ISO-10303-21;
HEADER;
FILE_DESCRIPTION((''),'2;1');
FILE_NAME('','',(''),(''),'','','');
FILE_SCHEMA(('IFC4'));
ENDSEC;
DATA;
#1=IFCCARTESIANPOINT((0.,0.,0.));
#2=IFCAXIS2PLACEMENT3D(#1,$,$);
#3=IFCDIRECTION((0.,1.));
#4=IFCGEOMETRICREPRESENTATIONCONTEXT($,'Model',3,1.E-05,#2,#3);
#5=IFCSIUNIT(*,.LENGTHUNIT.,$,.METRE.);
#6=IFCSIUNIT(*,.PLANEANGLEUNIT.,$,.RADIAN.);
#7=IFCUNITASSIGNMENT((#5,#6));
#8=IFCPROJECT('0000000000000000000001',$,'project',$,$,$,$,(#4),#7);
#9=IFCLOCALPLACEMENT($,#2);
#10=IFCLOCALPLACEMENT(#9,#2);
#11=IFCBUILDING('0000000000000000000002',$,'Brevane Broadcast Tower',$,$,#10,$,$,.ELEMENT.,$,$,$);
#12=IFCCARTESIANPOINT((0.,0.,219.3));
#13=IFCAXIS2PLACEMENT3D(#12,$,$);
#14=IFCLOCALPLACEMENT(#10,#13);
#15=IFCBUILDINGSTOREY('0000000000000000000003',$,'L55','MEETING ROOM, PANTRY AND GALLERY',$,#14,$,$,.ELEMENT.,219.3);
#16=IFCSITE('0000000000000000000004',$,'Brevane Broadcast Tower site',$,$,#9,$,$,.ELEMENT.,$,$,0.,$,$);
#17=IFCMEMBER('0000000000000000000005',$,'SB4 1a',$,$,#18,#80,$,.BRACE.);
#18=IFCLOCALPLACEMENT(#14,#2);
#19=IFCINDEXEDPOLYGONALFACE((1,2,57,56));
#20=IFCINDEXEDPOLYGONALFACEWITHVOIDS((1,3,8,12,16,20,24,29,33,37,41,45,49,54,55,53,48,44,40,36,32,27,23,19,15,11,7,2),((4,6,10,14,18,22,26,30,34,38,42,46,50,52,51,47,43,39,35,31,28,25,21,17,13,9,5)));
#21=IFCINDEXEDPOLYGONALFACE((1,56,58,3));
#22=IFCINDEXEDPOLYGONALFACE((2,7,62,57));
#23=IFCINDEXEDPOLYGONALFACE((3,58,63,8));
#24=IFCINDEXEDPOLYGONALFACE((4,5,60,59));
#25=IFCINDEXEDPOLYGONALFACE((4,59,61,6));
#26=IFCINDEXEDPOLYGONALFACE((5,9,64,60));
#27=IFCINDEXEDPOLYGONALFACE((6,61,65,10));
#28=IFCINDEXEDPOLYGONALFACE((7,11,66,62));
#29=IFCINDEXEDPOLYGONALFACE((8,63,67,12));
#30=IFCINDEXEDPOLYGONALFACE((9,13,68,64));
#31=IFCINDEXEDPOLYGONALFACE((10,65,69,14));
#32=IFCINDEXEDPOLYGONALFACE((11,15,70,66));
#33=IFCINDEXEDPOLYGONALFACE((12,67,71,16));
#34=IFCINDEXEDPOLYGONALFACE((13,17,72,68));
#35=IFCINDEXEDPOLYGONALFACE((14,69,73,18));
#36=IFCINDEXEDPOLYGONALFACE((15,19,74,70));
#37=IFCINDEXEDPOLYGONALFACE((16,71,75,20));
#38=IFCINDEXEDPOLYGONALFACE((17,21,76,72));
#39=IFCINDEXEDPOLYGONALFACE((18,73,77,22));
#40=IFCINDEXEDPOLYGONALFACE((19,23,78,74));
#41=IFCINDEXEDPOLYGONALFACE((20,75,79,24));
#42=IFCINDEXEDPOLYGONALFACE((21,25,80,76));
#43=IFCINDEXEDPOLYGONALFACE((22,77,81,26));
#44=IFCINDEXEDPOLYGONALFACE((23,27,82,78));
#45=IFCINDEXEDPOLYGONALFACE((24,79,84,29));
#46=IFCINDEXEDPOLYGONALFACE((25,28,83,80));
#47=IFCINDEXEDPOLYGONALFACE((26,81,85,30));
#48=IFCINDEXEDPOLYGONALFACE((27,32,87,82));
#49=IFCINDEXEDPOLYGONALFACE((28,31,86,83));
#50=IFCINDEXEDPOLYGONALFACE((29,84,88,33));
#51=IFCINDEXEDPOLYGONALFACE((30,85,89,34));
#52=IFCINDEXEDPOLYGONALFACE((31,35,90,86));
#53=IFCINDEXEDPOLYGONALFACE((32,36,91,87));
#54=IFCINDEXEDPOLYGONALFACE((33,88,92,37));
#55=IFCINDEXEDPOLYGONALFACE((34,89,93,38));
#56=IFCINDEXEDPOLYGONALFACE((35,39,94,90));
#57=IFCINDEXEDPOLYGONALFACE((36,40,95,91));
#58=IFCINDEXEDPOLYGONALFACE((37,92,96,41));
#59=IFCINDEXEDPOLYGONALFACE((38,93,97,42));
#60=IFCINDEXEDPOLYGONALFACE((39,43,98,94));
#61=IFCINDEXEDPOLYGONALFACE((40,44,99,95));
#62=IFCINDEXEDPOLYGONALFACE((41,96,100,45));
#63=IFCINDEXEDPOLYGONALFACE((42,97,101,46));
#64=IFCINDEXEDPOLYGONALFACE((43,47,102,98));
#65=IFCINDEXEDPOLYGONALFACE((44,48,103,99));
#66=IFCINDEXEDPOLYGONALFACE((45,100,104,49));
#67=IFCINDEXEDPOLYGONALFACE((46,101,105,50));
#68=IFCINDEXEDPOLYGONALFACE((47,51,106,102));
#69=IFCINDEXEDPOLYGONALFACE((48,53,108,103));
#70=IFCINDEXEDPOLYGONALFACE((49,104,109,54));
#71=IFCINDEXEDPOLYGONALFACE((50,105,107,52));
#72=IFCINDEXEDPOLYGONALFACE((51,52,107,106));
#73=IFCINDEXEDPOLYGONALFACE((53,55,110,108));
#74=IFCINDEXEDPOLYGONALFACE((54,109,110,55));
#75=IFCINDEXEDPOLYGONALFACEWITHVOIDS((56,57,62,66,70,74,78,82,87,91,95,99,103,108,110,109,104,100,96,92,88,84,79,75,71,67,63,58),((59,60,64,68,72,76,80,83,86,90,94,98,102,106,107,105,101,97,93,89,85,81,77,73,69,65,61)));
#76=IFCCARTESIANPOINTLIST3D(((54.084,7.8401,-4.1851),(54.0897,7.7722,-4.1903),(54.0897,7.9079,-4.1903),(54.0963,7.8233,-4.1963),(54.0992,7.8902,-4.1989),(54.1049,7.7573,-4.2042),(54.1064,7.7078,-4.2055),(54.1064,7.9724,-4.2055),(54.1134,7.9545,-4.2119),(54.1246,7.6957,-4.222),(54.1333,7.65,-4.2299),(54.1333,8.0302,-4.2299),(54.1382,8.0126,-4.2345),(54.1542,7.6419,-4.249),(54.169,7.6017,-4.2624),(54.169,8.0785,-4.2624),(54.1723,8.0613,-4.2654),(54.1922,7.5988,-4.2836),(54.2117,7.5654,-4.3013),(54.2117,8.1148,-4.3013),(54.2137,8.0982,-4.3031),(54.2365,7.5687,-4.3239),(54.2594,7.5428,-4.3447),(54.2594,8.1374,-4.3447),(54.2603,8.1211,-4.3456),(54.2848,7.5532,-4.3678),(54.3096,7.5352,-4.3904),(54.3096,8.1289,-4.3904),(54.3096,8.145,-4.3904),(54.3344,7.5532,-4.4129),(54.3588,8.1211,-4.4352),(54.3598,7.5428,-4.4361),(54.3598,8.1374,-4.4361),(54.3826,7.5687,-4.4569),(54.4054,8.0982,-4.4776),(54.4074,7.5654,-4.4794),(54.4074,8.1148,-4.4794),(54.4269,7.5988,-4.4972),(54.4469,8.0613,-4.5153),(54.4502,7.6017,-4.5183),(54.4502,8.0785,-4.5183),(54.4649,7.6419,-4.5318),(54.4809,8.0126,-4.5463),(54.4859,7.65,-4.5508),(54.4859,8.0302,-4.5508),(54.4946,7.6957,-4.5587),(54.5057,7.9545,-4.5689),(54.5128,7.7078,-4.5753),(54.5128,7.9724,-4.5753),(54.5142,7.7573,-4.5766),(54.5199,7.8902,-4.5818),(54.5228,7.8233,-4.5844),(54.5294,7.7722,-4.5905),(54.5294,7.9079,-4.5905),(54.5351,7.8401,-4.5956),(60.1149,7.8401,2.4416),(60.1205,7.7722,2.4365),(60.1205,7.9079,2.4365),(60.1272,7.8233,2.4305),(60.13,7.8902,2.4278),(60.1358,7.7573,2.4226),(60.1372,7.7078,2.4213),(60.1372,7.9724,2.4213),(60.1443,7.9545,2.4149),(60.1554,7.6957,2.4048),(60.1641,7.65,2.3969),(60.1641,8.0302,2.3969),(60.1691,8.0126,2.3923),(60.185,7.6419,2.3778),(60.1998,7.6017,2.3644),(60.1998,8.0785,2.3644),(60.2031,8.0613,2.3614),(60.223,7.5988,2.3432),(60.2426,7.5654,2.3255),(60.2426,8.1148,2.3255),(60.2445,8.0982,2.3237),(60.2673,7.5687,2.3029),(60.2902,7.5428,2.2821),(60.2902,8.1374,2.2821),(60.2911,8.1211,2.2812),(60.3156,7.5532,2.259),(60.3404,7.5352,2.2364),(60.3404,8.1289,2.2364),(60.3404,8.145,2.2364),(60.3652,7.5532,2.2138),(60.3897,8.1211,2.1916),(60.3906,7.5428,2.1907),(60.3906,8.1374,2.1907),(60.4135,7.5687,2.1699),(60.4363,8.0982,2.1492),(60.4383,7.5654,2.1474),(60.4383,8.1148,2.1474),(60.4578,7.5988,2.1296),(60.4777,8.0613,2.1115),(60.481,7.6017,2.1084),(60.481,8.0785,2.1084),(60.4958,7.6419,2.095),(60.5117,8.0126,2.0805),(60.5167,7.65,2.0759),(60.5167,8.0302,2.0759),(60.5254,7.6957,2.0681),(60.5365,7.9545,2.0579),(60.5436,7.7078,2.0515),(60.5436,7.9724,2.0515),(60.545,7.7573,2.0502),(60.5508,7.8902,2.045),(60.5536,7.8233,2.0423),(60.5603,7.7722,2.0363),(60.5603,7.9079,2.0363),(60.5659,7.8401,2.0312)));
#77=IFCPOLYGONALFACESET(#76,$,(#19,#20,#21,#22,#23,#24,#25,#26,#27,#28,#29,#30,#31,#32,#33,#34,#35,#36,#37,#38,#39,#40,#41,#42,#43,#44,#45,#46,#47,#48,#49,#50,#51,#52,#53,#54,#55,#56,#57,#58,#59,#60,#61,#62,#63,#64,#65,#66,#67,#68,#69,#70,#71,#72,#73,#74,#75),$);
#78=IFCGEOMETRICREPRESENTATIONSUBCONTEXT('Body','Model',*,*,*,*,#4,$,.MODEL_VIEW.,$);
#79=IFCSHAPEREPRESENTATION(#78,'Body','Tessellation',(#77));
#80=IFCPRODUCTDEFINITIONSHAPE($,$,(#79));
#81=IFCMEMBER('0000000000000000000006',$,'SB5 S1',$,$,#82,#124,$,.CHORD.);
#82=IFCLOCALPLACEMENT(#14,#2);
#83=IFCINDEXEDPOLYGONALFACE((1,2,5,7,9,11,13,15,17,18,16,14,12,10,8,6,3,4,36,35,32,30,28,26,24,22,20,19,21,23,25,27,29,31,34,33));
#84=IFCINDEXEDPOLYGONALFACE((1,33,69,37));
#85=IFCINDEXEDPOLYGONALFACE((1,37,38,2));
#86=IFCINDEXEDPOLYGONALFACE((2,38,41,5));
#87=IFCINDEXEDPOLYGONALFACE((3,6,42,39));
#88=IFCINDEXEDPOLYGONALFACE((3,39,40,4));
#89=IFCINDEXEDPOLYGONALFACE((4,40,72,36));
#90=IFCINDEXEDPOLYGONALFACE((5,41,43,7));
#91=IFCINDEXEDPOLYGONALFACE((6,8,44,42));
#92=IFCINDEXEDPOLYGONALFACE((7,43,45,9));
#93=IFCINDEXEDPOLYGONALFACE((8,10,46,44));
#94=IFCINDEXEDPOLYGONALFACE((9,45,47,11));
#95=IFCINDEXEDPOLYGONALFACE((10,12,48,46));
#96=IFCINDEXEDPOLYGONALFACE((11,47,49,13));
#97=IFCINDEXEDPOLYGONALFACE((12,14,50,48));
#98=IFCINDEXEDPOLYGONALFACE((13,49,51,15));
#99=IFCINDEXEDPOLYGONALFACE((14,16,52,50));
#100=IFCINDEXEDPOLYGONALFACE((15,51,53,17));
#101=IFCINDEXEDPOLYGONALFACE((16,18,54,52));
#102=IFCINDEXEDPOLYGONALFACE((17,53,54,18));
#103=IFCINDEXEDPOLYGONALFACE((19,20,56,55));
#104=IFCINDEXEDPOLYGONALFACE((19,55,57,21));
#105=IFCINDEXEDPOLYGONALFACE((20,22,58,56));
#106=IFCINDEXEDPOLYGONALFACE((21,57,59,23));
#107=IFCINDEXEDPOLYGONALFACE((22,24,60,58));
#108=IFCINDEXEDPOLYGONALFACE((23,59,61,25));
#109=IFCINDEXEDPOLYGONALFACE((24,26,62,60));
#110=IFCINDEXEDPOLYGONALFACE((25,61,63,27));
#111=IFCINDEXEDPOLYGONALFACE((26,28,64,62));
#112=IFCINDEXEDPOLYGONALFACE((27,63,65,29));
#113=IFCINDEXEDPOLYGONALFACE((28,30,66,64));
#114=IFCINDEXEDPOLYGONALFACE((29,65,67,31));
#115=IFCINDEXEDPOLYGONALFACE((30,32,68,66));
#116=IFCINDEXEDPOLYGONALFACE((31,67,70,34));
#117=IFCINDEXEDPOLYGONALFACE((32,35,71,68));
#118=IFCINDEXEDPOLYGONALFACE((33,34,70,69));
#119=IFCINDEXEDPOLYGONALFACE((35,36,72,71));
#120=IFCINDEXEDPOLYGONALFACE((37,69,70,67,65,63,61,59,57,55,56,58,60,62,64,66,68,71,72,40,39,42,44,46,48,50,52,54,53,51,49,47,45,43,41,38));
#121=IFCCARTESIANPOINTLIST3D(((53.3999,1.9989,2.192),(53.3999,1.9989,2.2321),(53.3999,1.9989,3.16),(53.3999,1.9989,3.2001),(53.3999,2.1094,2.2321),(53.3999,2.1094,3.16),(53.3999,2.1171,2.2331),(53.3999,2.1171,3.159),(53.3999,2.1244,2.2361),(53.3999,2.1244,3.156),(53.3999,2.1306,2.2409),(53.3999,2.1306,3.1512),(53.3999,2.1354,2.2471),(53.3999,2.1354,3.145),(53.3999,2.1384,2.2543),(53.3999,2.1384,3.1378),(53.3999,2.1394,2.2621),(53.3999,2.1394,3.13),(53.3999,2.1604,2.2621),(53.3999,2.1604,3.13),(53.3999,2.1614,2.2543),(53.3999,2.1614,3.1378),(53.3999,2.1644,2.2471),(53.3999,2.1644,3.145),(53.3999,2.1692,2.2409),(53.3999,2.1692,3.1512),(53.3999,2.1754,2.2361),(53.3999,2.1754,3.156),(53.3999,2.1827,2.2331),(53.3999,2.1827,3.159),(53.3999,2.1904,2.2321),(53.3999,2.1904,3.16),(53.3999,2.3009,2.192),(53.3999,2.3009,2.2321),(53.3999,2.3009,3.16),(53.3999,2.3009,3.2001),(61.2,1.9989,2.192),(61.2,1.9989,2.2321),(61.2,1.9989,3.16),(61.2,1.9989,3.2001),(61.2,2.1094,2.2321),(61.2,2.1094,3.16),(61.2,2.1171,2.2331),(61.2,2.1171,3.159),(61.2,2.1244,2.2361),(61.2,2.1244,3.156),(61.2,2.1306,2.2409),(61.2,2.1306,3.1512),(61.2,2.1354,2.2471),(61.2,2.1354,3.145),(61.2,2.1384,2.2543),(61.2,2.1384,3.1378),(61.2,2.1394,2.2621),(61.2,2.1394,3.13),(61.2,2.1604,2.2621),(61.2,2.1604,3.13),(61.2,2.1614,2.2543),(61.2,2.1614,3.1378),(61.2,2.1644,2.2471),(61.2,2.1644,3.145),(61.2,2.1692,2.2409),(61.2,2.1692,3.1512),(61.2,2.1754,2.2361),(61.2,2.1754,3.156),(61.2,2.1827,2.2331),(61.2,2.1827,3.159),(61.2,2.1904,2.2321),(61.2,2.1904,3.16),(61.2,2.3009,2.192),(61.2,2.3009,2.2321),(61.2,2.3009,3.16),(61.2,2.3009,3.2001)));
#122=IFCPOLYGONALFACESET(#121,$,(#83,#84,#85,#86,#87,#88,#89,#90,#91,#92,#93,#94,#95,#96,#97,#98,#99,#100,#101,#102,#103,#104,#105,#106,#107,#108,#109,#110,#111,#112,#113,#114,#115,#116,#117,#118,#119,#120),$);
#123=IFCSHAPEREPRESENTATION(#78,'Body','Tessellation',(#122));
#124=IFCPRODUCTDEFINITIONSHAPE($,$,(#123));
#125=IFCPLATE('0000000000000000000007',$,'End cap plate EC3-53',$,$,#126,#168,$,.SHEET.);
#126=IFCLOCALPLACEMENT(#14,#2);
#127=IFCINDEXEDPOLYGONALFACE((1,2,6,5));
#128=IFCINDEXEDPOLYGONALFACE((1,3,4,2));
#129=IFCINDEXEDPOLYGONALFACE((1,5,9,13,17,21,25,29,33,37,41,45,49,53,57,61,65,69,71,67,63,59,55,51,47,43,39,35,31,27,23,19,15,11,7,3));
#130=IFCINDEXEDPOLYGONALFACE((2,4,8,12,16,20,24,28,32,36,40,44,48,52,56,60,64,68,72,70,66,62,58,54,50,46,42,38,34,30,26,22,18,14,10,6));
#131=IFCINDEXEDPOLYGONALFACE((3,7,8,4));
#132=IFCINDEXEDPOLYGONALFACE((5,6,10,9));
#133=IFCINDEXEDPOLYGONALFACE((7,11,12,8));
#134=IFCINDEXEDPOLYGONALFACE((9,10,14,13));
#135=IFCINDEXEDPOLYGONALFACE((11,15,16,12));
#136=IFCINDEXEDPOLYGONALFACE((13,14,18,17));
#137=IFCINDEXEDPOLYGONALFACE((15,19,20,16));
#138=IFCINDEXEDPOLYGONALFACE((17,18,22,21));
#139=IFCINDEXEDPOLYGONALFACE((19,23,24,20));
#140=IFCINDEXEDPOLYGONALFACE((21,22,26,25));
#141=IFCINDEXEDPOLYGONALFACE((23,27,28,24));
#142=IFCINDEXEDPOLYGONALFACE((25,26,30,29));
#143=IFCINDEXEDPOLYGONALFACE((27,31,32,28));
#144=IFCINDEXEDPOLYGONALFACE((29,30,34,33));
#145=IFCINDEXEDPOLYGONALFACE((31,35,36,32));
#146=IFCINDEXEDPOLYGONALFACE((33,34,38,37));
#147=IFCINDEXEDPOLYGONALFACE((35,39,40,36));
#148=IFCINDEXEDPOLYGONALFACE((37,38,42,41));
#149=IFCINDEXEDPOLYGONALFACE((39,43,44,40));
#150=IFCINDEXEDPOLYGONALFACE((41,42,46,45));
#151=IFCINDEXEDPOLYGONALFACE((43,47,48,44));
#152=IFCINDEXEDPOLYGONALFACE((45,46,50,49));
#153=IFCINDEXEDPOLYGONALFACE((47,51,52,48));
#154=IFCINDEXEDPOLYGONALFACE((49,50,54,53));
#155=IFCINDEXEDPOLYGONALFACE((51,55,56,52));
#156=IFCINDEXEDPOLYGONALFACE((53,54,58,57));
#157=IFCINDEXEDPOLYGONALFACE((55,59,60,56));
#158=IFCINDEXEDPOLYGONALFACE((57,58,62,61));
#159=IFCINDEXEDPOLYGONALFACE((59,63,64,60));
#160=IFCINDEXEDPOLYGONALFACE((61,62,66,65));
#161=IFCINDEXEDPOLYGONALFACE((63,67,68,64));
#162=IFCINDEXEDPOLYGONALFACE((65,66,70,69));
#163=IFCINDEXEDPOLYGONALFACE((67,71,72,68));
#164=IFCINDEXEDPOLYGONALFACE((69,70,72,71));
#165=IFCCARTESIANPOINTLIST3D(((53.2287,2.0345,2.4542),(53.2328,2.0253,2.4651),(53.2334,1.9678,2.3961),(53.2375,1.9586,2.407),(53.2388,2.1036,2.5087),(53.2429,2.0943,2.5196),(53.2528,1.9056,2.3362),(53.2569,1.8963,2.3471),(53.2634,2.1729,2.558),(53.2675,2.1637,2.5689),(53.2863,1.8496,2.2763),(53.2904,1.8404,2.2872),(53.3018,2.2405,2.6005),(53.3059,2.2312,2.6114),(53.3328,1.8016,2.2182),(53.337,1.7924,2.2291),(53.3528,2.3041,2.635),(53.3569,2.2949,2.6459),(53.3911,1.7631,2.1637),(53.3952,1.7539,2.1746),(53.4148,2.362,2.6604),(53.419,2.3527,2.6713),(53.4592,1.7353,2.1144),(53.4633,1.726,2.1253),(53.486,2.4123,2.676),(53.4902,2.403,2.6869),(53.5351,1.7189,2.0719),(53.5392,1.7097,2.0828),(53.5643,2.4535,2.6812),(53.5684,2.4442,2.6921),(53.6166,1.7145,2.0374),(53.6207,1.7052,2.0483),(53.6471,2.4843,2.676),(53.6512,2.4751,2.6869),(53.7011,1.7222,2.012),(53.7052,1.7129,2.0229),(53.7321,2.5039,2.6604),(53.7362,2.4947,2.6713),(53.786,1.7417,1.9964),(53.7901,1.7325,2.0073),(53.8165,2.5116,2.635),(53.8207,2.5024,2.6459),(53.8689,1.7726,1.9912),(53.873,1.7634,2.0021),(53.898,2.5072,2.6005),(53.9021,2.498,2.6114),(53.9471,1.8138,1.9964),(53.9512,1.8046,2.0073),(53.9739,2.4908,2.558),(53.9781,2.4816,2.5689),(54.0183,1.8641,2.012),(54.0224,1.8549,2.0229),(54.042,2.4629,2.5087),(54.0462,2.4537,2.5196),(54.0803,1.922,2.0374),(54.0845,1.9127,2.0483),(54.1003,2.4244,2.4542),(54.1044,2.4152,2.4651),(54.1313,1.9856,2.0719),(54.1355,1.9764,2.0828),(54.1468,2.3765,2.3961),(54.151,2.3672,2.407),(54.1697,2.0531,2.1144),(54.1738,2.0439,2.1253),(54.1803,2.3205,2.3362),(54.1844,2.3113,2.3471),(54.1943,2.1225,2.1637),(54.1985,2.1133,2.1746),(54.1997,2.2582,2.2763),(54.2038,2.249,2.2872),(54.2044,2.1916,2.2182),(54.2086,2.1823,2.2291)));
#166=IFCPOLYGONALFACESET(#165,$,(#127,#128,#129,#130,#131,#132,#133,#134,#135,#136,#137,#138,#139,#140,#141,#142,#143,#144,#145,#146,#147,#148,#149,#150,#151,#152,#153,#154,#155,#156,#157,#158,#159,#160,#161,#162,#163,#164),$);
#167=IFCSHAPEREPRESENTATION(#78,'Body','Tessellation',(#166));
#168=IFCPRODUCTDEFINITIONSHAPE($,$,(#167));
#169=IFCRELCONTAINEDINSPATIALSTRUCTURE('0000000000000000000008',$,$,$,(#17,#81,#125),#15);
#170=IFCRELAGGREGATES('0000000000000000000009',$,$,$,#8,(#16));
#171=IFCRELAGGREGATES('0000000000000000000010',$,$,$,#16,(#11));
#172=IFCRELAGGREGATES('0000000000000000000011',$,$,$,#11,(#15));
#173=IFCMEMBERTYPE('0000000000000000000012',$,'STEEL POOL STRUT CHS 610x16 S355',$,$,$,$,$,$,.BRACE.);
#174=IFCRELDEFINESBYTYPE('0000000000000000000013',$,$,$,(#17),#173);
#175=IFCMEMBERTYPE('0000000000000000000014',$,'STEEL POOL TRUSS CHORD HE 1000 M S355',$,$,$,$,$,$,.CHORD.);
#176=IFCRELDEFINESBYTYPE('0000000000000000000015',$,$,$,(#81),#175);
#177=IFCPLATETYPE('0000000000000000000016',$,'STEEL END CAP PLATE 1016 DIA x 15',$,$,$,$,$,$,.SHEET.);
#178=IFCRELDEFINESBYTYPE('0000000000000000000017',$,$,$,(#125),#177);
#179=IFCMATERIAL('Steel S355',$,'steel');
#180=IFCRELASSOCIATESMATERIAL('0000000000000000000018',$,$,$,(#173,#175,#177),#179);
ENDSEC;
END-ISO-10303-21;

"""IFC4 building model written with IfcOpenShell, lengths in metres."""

from ifc_helpers import new_model, si_unit, direction, frame, origin, origin_2d, place, context, subcontext, project, spatial, circle, hollow_circle, i_section, extrude, material, material_profile, profile_set, type_object, element, save


model = new_model("IFC4")

# Units and contexts
model_context = context("Model", 3, precision=1e-05, world=origin(), true_north=direction((0.0, 1.0)))
body_context = subcontext(model_context, "Body", "Model", "MODEL_VIEW")
ifc_project = project(units=[si_unit("LENGTHUNIT", "METRE"), si_unit("PLANEANGLEUNIT", "RADIAN")], contexts=[model_context])

# Site, building, storey
site_placement = place(None, origin())
site = spatial("IfcSite", under=ifc_project, at=site_placement, Name="Brevane Broadcast Tower site", CompositionType="ELEMENT", RefElevation=0.0)
building_placement = place(site_placement, origin())
building = spatial("IfcBuilding", under=site, at=building_placement, Name="Brevane Broadcast Tower", CompositionType="ELEMENT")
storey_placement = place(building_placement, frame((0.0, 0.0, 219.3)))
storey = spatial("IfcBuildingStorey", under=building, at=storey_placement, Name="L55", Description="MEETING ROOM, PANTRY AND GALLERY", CompositionType="ELEMENT", Elevation=219.3)

# Shared definitions
ifc_material_1 = material(Name="Steel S355", Category="steel")

# Members
ifc_material_profile_1 = material_profile(ifc_material_1, hollow_circle(Radius=0.3049, WallThickness=0.0161, at=origin_2d()), Name="CHS 610x16")
ifc_profile_set_1 = profile_set([ifc_material_profile_1], Name="Steel S355")
member_type_1 = type_object("IfcMemberType", Name="STEEL POOL STRUT CHS 610x16 S355", PredefinedType="BRACE", material=ifc_profile_set_1)
member_1_placement = place(storey_placement, frame((54.3096, 7.8401, -4.3904), z_axis=(0.673069, 0.0, 0.73958), x_axis=(0.0, 1.0, 0.0)))
element("IfcMember", 1, at=member_1_placement, inside=storey, type_object=member_type_1, Name="SB4 1a", PredefinedType="BRACE", context=body_context, shape_type="SweptSolid", body=[
    extrude(hollow_circle(Radius=0.3049, WallThickness=0.0161, at=origin_2d()), origin(), (0.0, 0.0, 1.0), 8.9602),
])
ifc_material_profile_2 = material_profile(ifc_material_1, i_section(OverallWidth=0.302, OverallDepth=1.0081, WebThickness=0.021, FlangeThickness=0.04, FilletRadius=0.03, at=origin_2d()), Name="HE 1000 M")
ifc_profile_set_2 = profile_set([ifc_material_profile_2], Name="Steel S355")
member_type_2 = type_object("IfcMemberType", Name="STEEL POOL TRUSS CHORD HE 1000 M S355", PredefinedType="CHORD", material=ifc_profile_set_2)
member_2_placement = place(storey_placement, frame((53.3999, 2.1499, 2.696), z_axis=(1.0, 0.0, 0.0), x_axis=(0.0, 1.0, 0.0)))
element("IfcMember", 2, at=member_2_placement, inside=storey, type_object=member_type_2, Name="SB5 S1", PredefinedType="CHORD", context=body_context, shape_type="SweptSolid", body=[
    extrude(i_section(OverallWidth=0.302, OverallDepth=1.0081, WebThickness=0.021, FlangeThickness=0.04, FilletRadius=0.03, at=origin_2d()), origin(), (0.0, 0.0, 1.0), 7.8),
])

# Plate
ifc_material_profile_3 = material_profile(ifc_material_1, circle(Radius=0.5081, at=origin_2d()), Name="PL 1016 DIA x 15")
ifc_profile_set_3 = profile_set([ifc_material_profile_3], Name="Steel S355")
plate_type_1 = type_object("IfcPlateType", Name="STEEL END CAP PLATE 1016 DIA x 15", PredefinedType="SHEET", material=ifc_profile_set_3)
plate_1_placement = place(storey_placement, frame((53.7166, 2.113, 2.3362), z_axis=(0.277313, -0.619877, 0.734064), x_axis=(0.912818, 0.408366, 0.0)))
element("IfcPlate", 3, at=plate_1_placement, inside=storey, type_object=plate_type_1, Name="End cap plate EC3-53", PredefinedType="SHEET", context=body_context, shape_type="SweptSolid", body=[
    extrude(circle(Radius=0.5081, at=origin_2d()), origin(), (0.0, 0.0, 1.0), 0.0149),
])

save(model, "model.ifc")
